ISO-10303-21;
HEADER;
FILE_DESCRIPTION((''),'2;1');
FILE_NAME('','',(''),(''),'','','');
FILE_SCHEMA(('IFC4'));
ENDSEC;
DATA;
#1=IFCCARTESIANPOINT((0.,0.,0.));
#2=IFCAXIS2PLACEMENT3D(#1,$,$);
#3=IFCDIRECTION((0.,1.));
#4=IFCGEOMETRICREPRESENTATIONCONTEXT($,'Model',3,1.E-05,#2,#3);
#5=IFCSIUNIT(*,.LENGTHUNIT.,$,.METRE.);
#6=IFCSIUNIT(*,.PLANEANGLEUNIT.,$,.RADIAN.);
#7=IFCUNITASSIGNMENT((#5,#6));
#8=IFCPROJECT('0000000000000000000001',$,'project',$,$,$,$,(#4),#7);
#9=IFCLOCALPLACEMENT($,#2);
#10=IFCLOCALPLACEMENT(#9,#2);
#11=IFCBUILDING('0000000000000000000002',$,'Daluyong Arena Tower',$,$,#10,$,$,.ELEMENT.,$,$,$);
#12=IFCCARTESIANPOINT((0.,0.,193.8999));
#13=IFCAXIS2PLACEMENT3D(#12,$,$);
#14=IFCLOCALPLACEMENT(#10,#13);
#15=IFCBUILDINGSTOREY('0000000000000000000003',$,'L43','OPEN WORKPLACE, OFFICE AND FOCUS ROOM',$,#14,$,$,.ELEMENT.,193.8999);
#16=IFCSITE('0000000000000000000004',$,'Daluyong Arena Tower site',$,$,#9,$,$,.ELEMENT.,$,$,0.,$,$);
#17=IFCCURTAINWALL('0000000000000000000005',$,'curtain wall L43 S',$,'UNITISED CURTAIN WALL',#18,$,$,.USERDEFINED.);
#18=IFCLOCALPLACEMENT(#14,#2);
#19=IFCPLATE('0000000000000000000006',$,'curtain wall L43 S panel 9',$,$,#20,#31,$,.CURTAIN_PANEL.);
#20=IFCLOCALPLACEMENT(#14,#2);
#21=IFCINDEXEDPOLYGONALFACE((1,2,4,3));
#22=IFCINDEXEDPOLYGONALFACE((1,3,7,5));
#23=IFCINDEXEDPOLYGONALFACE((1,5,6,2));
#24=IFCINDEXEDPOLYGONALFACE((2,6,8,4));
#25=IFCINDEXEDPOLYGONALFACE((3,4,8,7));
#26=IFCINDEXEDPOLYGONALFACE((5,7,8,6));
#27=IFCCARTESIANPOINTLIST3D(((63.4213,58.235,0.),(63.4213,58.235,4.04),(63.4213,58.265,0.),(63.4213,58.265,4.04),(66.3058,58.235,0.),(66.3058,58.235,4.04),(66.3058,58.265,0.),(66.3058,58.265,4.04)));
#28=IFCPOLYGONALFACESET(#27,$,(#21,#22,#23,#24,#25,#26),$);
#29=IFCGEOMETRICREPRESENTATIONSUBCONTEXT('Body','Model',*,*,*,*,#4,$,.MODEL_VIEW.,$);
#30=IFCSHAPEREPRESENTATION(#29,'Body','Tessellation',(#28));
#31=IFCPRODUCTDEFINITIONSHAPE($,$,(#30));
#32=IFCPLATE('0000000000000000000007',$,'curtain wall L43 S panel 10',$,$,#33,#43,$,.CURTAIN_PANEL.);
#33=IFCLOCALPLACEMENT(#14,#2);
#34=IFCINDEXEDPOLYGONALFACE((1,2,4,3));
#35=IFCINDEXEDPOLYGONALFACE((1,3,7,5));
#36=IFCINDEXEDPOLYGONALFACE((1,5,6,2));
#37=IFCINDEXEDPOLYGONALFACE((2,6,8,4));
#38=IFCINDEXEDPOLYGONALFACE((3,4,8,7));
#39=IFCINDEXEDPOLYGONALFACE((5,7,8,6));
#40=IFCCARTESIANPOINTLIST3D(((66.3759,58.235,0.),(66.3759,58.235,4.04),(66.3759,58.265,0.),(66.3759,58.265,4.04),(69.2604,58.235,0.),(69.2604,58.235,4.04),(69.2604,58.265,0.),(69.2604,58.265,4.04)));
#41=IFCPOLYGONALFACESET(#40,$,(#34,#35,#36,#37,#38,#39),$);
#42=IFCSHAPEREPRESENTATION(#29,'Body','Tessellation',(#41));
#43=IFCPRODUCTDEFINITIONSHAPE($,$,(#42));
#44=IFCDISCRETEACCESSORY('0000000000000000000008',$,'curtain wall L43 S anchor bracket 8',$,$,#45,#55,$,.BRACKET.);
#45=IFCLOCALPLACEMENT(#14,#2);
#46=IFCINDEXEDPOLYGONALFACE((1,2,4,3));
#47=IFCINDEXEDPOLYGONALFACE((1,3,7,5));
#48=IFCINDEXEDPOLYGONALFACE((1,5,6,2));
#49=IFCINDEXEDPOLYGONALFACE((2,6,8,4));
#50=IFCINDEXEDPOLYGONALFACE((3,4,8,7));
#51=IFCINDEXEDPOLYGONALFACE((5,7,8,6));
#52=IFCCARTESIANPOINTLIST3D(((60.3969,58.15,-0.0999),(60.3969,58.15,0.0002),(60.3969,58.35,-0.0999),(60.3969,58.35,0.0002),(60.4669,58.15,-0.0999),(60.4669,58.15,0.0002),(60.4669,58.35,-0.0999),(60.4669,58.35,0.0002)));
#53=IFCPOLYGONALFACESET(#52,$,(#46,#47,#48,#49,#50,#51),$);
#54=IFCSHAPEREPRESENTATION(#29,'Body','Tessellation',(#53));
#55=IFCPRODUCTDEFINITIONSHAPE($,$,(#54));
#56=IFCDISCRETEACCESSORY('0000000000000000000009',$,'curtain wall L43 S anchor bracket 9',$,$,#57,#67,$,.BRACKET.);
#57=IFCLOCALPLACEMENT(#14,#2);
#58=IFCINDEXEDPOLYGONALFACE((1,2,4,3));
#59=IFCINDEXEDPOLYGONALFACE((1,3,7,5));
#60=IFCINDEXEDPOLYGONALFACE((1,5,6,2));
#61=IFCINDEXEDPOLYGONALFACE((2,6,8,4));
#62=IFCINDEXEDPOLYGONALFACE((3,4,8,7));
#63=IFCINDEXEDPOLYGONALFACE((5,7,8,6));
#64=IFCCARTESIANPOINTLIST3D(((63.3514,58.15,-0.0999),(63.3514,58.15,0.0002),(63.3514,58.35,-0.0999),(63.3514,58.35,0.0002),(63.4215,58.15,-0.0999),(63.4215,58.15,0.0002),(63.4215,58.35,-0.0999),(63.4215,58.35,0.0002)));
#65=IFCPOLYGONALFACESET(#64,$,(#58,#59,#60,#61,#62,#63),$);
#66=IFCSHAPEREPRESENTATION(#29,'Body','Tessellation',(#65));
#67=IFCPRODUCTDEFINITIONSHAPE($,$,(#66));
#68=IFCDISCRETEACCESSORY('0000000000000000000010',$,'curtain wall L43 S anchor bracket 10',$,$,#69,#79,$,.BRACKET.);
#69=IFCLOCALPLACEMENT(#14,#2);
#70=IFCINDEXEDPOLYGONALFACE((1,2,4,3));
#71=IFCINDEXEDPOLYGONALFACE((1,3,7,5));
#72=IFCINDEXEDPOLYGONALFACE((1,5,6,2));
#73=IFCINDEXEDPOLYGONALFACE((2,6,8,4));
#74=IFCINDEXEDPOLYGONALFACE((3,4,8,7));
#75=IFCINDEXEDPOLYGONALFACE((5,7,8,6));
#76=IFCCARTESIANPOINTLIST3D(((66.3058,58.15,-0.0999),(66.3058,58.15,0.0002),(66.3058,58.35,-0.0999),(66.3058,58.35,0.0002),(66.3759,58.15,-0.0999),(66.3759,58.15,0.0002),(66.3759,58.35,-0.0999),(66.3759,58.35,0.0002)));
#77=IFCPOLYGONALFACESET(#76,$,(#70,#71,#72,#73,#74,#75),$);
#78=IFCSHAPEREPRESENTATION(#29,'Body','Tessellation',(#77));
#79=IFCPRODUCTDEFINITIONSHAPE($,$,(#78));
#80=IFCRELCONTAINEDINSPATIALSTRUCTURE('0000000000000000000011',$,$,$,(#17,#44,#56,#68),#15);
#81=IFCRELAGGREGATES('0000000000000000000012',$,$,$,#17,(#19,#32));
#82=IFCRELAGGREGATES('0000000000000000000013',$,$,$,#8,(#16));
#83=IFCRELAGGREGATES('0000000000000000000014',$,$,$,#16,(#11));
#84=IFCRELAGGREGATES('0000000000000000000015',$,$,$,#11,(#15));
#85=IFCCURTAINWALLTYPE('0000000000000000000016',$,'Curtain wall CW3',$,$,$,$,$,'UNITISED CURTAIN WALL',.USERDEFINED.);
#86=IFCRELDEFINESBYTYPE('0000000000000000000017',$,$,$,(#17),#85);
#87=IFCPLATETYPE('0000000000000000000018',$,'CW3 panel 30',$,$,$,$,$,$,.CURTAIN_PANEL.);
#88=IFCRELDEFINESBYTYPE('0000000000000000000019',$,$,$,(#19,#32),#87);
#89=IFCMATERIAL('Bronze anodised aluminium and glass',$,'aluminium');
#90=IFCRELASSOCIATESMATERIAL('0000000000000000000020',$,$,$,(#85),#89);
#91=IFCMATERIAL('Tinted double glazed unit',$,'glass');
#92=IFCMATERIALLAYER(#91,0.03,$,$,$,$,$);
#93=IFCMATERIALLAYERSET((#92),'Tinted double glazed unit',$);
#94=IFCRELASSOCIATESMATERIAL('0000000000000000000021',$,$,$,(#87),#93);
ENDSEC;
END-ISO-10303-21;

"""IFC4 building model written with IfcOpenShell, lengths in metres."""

from ifc_helpers import new_model, si_unit, direction, frame, origin, origin_2d, place, context, subcontext, project, spatial, rectangle, extrude, material, layer, layer_set, type_object, element, aggregate, save


model = new_model("IFC4")

# Units and contexts
model_context = context("Model", 3, precision=1e-05, world=origin(), true_north=direction((0.0, 1.0)))
body_context = subcontext(model_context, "Body", "Model", "MODEL_VIEW")
ifc_project = project(units=[si_unit("LENGTHUNIT", "METRE"), si_unit("PLANEANGLEUNIT", "RADIAN")], contexts=[model_context])

# Site, building, storey
site_placement = place(None, origin())
site = spatial("IfcSite", under=ifc_project, at=site_placement, Name="Daluyong Arena Tower site", CompositionType="ELEMENT", RefElevation=0.0)
building_placement = place(site_placement, origin())
building = spatial("IfcBuilding", under=site, at=building_placement, Name="Daluyong Arena Tower", CompositionType="ELEMENT")
storey_placement = place(building_placement, frame((0.0, 0.0, 193.8999)))
storey = spatial("IfcBuildingStorey", under=building, at=storey_placement, Name="L43", Description="OPEN WORKPLACE, OFFICE AND FOCUS ROOM", CompositionType="ELEMENT", Elevation=193.8999)

# Curtain wall
ifc_material_1 = material(Name="Bronze anodised aluminium and glass", Category="aluminium")
curtain_wall_type = type_object("IfcCurtainWallType", Name="Curtain wall CW3", ElementType="UNITISED CURTAIN WALL", PredefinedType="USERDEFINED", material=ifc_material_1)
curtain_wall_placement = place(storey_placement, origin())
curtain_wall = element("IfcCurtainWall", 1, at=curtain_wall_placement, inside=storey, type_object=curtain_wall_type, Name="curtain wall L43 S", ObjectType="UNITISED CURTAIN WALL", PredefinedType="USERDEFINED")

# Plates
ifc_material_2 = material(Name="Tinted double glazed unit", Category="glass")
ifc_layer = layer(ifc_material_2, 0.03)
ifc_layer_set = layer_set([ifc_layer], Name="Tinted double glazed unit")
plate_type = type_object("IfcPlateType", Name="CW3 panel 30", PredefinedType="CURTAIN_PANEL", material=ifc_layer_set)
plate_1_placement = place(storey_placement, frame((64.8635, 58.25, 0.0), z_axis=(0.0, 0.0, 1.0), x_axis=(1.0, 0.0, 0.0)))
plate_1 = element("IfcPlate", 2, at=plate_1_placement, type_object=plate_type, Name="curtain wall L43 S panel 9", PredefinedType="CURTAIN_PANEL", context=body_context, shape_type="SweptSolid", body=[
    extrude(rectangle(XDim=2.8845, YDim=0.03, at=origin_2d()), origin(), (0.0, 0.0, 1.0), 4.04),
])
plate_2_placement = place(storey_placement, frame((67.8181, 58.25, 0.0), z_axis=(0.0, 0.0, 1.0), x_axis=(1.0, 0.0, 0.0)))
plate_2 = element("IfcPlate", 3, at=plate_2_placement, type_object=plate_type, Name="curtain wall L43 S panel 10", PredefinedType="CURTAIN_PANEL", context=body_context, shape_type="SweptSolid", body=[
    extrude(rectangle(XDim=2.8845, YDim=0.03, at=origin_2d()), origin(), (0.0, 0.0, 1.0), 4.04),
])
aggregate(curtain_wall, [plate_1, plate_2])

# Discrete accessories
for number, where, z_axis, x_axis, name in (
    (4, (60.4319, 58.25, -0.0999), (0.0, 0.0, 1.0), (1.0, 0.0, 0.0), "curtain wall L43 S anchor bracket 8"),
    (5, (63.3865, 58.25, -0.0999), (0.0, 0.0, 1.0), (1.0, 0.0, 0.0), "curtain wall L43 S anchor bracket 9"),
    (6, (66.3408, 58.25, -0.0999), (0.0, 0.0, 1.0), (1.0, 0.0, 0.0), "curtain wall L43 S anchor bracket 10"),
):
    element("IfcDiscreteAccessory", number, at=place(storey_placement, frame(where, z_axis=z_axis, x_axis=x_axis)), inside=storey, Name=name, PredefinedType="BRACKET", context=body_context, shape_type="SweptSolid", body=[
        extrude(rectangle(XDim=0.0701, YDim=0.2, at=origin_2d()), origin(), (0.0, 0.0, 1.0), 0.1001),
    ])

save(model, "model.ifc")
